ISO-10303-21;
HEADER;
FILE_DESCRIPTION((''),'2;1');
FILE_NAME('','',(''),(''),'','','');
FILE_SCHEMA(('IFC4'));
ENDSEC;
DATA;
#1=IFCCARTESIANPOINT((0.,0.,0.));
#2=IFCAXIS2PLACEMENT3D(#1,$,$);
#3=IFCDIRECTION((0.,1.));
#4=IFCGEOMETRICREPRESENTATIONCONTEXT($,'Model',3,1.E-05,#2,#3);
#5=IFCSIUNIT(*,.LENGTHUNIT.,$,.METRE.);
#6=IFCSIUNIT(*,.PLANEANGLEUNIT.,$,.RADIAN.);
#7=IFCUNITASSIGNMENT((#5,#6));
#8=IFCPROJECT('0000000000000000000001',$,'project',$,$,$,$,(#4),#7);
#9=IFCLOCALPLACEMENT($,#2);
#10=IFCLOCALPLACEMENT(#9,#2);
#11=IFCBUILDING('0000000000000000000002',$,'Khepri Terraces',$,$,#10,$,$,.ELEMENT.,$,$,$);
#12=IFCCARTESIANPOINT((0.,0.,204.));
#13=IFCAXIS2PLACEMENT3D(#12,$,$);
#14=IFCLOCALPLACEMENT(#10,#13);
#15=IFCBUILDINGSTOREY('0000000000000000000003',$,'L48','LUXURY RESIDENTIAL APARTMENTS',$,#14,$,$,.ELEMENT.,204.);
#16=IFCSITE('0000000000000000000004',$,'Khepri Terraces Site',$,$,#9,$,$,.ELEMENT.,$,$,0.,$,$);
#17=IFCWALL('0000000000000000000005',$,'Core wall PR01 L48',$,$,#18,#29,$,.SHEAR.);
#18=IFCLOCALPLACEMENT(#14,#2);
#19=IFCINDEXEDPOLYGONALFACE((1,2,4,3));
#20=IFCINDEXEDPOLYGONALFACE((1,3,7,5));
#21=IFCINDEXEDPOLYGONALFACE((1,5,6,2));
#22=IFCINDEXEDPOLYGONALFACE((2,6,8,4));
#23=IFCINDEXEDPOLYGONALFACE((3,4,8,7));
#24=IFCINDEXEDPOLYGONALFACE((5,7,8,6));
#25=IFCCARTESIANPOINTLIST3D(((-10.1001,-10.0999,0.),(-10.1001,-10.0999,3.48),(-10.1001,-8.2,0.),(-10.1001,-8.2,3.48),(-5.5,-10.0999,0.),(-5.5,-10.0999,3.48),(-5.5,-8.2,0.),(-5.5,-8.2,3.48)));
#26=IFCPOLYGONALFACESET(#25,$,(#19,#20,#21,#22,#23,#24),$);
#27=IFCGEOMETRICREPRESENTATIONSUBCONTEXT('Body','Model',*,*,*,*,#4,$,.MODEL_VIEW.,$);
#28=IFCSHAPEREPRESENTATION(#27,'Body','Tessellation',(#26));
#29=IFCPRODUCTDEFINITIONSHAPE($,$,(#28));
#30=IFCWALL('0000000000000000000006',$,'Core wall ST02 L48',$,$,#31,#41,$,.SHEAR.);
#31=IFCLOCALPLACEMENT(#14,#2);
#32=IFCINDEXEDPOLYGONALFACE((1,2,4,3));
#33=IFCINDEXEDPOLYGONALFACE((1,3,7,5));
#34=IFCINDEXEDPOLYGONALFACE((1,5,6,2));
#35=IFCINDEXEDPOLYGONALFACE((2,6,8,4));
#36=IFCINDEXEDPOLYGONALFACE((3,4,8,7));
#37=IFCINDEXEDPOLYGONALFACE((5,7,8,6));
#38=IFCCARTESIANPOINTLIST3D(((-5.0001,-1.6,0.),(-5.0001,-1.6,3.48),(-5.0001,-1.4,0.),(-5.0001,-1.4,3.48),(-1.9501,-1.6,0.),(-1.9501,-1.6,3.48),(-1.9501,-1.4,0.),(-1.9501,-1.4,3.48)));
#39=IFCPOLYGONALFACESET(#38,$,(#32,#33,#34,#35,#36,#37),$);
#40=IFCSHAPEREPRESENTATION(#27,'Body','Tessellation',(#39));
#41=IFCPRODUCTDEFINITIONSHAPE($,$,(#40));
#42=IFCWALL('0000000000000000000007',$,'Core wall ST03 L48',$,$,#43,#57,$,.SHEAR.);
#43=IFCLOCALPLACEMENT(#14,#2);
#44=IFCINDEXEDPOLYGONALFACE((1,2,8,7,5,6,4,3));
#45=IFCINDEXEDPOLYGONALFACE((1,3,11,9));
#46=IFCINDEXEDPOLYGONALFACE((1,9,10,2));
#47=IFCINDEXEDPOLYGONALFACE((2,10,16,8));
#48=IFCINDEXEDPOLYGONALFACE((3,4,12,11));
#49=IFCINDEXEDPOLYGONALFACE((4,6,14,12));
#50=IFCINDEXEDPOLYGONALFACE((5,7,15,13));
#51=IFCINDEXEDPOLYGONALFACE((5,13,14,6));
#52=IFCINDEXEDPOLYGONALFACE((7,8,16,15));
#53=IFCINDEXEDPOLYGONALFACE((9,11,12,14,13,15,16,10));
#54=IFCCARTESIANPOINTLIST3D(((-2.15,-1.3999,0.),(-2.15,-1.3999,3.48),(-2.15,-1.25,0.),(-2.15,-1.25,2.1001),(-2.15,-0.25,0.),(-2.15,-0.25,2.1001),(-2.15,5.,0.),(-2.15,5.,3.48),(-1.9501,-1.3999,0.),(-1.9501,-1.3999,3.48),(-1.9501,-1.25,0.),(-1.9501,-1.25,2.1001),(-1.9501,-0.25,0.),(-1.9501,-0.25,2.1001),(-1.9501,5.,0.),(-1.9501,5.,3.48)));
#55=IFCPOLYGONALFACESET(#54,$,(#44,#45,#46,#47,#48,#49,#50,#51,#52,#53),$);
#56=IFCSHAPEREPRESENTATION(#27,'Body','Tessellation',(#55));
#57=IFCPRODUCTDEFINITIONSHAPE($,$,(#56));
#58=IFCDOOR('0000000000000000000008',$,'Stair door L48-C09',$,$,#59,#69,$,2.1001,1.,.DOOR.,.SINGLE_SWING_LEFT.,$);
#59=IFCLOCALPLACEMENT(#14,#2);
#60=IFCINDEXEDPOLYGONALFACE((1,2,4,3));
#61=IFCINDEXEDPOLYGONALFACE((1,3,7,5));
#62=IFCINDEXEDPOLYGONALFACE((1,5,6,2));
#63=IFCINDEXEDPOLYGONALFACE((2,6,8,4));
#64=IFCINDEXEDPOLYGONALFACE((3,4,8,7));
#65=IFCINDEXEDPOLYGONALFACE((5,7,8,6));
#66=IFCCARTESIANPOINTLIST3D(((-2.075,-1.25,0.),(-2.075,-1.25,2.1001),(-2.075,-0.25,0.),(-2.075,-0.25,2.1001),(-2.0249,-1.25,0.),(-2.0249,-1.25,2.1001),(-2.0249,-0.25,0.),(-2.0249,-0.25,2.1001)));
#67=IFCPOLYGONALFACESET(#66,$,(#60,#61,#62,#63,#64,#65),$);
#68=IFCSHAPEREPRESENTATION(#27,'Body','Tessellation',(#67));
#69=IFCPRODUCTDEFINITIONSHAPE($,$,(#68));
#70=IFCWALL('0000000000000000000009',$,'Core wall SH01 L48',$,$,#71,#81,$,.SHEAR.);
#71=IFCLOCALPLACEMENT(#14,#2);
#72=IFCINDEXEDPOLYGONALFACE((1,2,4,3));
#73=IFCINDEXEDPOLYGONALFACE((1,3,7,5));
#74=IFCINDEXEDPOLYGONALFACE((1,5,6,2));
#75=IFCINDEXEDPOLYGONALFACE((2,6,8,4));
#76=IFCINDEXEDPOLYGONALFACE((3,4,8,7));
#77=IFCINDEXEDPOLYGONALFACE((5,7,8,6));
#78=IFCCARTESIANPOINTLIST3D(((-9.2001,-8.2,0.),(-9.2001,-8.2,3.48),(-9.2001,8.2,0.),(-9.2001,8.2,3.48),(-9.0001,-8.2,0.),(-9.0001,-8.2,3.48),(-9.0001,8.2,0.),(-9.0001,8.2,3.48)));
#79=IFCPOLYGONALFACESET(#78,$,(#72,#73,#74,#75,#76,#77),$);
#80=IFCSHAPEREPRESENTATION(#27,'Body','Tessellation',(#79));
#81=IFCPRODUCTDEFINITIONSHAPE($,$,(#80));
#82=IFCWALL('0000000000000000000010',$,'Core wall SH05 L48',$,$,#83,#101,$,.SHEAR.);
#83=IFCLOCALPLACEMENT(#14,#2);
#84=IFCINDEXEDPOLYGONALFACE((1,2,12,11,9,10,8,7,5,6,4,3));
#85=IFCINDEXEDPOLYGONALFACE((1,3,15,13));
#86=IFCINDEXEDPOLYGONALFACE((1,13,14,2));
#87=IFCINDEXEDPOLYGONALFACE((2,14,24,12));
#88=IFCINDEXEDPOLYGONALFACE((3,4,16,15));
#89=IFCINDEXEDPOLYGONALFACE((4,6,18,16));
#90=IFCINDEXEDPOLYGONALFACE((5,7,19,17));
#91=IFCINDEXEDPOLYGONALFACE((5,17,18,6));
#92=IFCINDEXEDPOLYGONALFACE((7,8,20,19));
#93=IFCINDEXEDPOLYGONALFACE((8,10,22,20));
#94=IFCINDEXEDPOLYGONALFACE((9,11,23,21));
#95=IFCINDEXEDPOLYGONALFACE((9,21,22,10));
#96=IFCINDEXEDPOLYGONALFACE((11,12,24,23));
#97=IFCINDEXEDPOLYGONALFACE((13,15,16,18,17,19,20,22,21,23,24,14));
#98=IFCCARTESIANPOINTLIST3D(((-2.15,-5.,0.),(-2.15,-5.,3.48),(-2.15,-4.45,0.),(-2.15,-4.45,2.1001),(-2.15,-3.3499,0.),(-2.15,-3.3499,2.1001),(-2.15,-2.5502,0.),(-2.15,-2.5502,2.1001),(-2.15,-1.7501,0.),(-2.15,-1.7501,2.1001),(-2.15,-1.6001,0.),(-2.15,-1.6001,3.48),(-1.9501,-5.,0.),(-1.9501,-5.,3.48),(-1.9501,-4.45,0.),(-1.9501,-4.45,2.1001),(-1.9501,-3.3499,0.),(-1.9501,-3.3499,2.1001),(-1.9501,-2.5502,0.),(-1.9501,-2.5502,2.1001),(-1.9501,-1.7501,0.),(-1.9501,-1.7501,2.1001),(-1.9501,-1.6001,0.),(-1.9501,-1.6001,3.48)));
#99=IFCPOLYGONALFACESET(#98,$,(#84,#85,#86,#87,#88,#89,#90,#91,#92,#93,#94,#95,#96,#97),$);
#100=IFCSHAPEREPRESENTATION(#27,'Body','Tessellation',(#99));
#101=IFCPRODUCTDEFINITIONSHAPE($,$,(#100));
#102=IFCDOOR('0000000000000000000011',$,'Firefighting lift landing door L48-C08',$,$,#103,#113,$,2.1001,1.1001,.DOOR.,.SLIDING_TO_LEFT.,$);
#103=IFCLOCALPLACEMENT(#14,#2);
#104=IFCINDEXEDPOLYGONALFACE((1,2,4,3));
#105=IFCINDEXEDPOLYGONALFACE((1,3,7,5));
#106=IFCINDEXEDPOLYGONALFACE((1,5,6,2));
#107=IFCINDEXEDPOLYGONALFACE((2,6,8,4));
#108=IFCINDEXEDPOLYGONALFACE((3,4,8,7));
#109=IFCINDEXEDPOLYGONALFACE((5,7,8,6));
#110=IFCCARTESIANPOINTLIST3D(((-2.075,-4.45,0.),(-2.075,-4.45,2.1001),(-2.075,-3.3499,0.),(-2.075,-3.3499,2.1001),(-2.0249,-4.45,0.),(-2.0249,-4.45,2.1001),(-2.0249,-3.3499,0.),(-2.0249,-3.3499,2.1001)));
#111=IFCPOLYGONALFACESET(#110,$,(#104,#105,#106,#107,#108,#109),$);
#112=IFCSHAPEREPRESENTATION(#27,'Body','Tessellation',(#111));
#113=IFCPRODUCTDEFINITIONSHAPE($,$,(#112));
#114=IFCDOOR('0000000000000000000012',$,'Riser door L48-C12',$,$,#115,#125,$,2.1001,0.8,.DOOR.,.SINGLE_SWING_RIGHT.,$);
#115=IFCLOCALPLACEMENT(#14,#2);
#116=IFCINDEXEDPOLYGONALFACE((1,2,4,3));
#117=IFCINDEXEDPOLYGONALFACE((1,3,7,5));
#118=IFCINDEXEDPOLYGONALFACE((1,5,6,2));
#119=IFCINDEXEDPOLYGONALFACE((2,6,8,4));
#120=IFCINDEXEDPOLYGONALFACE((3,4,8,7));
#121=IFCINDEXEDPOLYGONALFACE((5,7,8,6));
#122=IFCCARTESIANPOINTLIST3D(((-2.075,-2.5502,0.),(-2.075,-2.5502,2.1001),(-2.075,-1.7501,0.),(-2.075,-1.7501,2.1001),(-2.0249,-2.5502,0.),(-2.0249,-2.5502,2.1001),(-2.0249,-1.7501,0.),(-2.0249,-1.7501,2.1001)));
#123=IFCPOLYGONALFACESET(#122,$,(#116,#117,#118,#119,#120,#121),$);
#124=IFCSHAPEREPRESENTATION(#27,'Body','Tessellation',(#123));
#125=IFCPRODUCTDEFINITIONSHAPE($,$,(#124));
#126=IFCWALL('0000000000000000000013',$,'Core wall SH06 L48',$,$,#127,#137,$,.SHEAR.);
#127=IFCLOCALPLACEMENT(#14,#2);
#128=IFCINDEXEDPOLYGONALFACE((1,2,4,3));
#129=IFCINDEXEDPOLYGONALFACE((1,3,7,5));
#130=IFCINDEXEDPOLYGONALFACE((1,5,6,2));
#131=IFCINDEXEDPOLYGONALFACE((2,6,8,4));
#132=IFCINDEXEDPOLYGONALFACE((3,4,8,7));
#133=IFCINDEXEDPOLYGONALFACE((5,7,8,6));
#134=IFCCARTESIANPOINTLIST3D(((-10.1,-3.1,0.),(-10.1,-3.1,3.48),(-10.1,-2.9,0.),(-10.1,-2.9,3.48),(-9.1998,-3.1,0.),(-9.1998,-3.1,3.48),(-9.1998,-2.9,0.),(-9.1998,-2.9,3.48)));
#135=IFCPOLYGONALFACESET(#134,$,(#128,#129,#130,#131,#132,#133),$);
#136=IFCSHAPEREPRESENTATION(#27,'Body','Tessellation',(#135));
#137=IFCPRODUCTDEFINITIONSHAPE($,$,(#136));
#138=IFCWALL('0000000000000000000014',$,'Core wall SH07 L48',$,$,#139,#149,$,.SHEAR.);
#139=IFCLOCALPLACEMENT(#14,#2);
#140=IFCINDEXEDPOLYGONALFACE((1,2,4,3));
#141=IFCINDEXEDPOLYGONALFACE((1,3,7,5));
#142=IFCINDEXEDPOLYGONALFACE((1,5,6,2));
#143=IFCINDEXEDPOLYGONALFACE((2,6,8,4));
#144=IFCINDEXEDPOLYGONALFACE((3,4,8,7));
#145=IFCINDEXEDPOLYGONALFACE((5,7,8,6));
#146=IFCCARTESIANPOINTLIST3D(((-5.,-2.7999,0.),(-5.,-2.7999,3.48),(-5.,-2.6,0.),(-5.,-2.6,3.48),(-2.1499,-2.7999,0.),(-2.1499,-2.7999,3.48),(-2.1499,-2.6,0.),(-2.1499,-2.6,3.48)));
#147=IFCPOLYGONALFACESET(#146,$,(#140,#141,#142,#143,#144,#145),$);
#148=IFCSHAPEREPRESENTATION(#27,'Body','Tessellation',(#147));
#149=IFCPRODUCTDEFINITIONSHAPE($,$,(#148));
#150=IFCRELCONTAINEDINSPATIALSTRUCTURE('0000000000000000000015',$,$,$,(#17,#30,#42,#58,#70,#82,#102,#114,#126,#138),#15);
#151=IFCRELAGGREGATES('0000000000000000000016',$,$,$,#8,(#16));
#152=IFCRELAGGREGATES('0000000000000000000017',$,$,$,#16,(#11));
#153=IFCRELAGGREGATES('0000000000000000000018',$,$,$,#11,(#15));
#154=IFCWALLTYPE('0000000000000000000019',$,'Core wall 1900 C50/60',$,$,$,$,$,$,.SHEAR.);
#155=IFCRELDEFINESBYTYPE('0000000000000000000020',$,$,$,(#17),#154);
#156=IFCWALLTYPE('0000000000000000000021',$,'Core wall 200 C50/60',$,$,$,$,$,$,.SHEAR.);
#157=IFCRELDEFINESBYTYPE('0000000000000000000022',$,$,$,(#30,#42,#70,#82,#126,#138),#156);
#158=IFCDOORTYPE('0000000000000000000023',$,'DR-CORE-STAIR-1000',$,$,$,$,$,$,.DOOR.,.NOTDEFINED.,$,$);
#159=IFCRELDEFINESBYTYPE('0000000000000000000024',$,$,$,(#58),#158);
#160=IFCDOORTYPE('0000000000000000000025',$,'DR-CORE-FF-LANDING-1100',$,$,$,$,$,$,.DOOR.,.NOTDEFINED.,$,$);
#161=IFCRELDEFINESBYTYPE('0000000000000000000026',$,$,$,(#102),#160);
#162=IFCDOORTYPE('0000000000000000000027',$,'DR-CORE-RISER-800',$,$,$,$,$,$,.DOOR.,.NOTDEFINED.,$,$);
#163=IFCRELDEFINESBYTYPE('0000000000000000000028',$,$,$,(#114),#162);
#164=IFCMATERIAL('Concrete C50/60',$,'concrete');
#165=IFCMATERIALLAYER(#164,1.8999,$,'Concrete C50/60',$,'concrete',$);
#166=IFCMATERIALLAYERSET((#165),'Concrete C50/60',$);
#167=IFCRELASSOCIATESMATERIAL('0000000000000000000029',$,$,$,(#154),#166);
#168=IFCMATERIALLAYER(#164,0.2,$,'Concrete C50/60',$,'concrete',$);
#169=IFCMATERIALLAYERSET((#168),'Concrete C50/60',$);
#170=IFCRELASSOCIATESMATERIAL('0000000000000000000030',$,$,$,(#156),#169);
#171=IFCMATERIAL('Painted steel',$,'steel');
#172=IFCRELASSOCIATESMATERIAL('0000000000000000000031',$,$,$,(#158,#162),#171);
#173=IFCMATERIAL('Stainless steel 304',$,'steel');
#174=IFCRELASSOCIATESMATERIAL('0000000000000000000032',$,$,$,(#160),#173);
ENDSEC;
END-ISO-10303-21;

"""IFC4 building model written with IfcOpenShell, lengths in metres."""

from ifc_helpers import new_model, si_unit, direction, frame, frame_2d, origin, place, context, subcontext, project, spatial, rectangle, extrude, material, layer, layer_set, type_object, element, fill, save


model = new_model("IFC4")

# Units and contexts
model_context = context("Model", 3, precision=1e-05, world=origin(), true_north=direction((0.0, 1.0)))
body_context = subcontext(model_context, "Body", "Model", "MODEL_VIEW")
ifc_project = project(units=[si_unit("LENGTHUNIT", "METRE"), si_unit("PLANEANGLEUNIT", "RADIAN")], contexts=[model_context])

# Site, building, storey
site_placement = place(None, origin())
site = spatial("IfcSite", under=ifc_project, at=site_placement, Name="Khepri Terraces Site", CompositionType="ELEMENT", RefElevation=0.0)
building_placement = place(site_placement, origin())
building = spatial("IfcBuilding", under=site, at=building_placement, Name="Khepri Terraces", CompositionType="ELEMENT")
storey_placement = place(building_placement, frame((0.0, 0.0, 204.0)))
storey = spatial("IfcBuildingStorey", under=building, at=storey_placement, Name="L48", Description="LUXURY RESIDENTIAL APARTMENTS", CompositionType="ELEMENT", Elevation=204.0)

# Walls
ifc_material_1 = material(Name="Concrete C50/60", Category="concrete")
ifc_layer_1 = layer(ifc_material_1, 1.8999, Name="Concrete C50/60", Category="concrete")
ifc_layer_set_1 = layer_set([ifc_layer_1], Name="Concrete C50/60")
wall_type_1 = type_object("IfcWallType", Name="Core wall 1900 C50/60", PredefinedType="SHEAR", material=ifc_layer_set_1)
wall_1_placement = place(storey_placement, frame((-10.1001, -9.1499, 0.0), z_axis=(0.0, 0.0, 1.0), x_axis=(1.0, 0.0, 0.0)))
element("IfcWall", 1, at=wall_1_placement, inside=storey, type_object=wall_type_1, Name="Core wall PR01 L48", PredefinedType="SHEAR", context=body_context, shape_type="SweptSolid", body=[
    extrude(rectangle(XDim=4.6001, YDim=1.8999, at=frame_2d((2.3, 0.0))), origin(), (0.0, 0.0, 1.0), 3.48),
])
ifc_layer_2 = layer(ifc_material_1, 0.2, Name="Concrete C50/60", Category="concrete")
ifc_layer_set_2 = layer_set([ifc_layer_2], Name="Concrete C50/60")
wall_type_2 = type_object("IfcWallType", Name="Core wall 200 C50/60", PredefinedType="SHEAR", material=ifc_layer_set_2)
wall_2_placement = place(storey_placement, frame((-5.0, -1.5, 0.0), z_axis=(0.0, 0.0, 1.0), x_axis=(1.0, 0.0, 0.0)))
element("IfcWall", 2, at=wall_2_placement, inside=storey, type_object=wall_type_2, Name="Core wall ST02 L48", PredefinedType="SHEAR", context=body_context, shape_type="SweptSolid", body=[
    extrude(rectangle(XDim=3.05, YDim=0.2, at=frame_2d((1.5249, 0.0))), origin(), (0.0, 0.0, 1.0), 3.48),
])

# Wall, opening, door
wall_3_placement = place(storey_placement, frame((-2.05, -1.3999, 0.0), z_axis=(0.0, 0.0, 1.0), x_axis=(0.0, 1.0, 0.0)))
wall_3 = element("IfcWall", 3, at=wall_3_placement, inside=storey, type_object=wall_type_2, Name="Core wall ST03 L48", PredefinedType="SHEAR", context=body_context, shape_type="SweptSolid", body=[
    extrude(rectangle(XDim=6.3999, YDim=0.2, at=frame_2d((3.2, 0.0))), origin(), (0.0, 0.0, 1.0), 3.48),
])
opening_1_placement = place(wall_3_placement, frame((0.1499, 0.0, 0.0)))
opening_1 = element("IfcOpeningElement", 4, at=opening_1_placement, cuts=wall_3, PredefinedType="OPENING", context=body_context, shape_type="SweptSolid", body=[
    extrude(rectangle(XDim=1.0, YDim=2.1001, at=frame_2d((0.5, 1.05))), frame((0.0, 0.1099, 0.0), z_axis=(0.0, -1.0, 0.0), x_axis=(1.0, 0.0, 0.0)), (0.0, 0.0, 1.0), 0.22),
])
ifc_material_2 = material(Name="Painted steel", Category="steel")
door_type_1 = type_object("IfcDoorType", Name="DR-CORE-STAIR-1000", OperationType="NOTDEFINED", PredefinedType="DOOR", material=ifc_material_2)
door_1_placement = place(opening_1_placement, origin())
door_1 = element("IfcDoor", 5, at=door_1_placement, inside=storey, type_object=door_type_1, Name="Stair door L48-C09", OperationType="SINGLE_SWING_LEFT", OverallHeight=2.1001, OverallWidth=1.0, PredefinedType="DOOR", context=body_context, shape_type="SweptSolid", body=[
    extrude(rectangle(XDim=1.0, YDim=2.1001, at=frame_2d((0.5, 1.05))), frame((0.0, 0.0249, 0.0), z_axis=(0.0, -1.0, 0.0), x_axis=(1.0, 0.0, 0.0)), (0.0, 0.0, 1.0), 0.05),
])
fill(opening_1, door_1)

# Wall
wall_4_placement = place(storey_placement, frame((-9.1001, -8.2, 0.0), z_axis=(0.0, 0.0, 1.0), x_axis=(0.0, 1.0, 0.0)))
element("IfcWall", 6, at=wall_4_placement, inside=storey, type_object=wall_type_2, Name="Core wall SH01 L48", PredefinedType="SHEAR", context=body_context, shape_type="SweptSolid", body=[
    extrude(rectangle(XDim=16.3999, YDim=0.2, at=frame_2d((8.2, 0.0))), origin(), (0.0, 0.0, 1.0), 3.48),
])

# Wall, openings, doors
wall_5_placement = place(storey_placement, frame((-2.05, -5.0, 0.0), z_axis=(0.0, 0.0, 1.0), x_axis=(0.0, 1.0, 0.0)))
wall_5 = element("IfcWall", 7, at=wall_5_placement, inside=storey, type_object=wall_type_2, Name="Core wall SH05 L48", PredefinedType="SHEAR", context=body_context, shape_type="SweptSolid", body=[
    extrude(rectangle(XDim=3.3999, YDim=0.2, at=frame_2d((1.7, 0.0))), origin(), (0.0, 0.0, 1.0), 3.48),
])
opening_2_placement = place(wall_5_placement, frame((0.55, 0.0, 0.0)))
opening_2 = element("IfcOpeningElement", 8, at=opening_2_placement, cuts=wall_5, PredefinedType="OPENING", context=body_context, shape_type="SweptSolid", body=[
    extrude(rectangle(XDim=1.1001, YDim=2.1001, at=frame_2d((0.55, 1.05))), frame((0.0, 0.1099, 0.0), z_axis=(0.0, -1.0, 0.0), x_axis=(1.0, 0.0, 0.0)), (0.0, 0.0, 1.0), 0.22),
])
opening_3_placement = place(wall_5_placement, frame((2.45, 0.0, 0.0)))
opening_3 = element("IfcOpeningElement", 9, at=opening_3_placement, cuts=wall_5, PredefinedType="OPENING", context=body_context, shape_type="SweptSolid", body=[
    extrude(rectangle(XDim=0.8, YDim=2.1001, at=frame_2d((0.3999, 1.05))), frame((0.0, 0.1099, 0.0), z_axis=(0.0, -1.0, 0.0), x_axis=(1.0, 0.0, 0.0)), (0.0, 0.0, 1.0), 0.22),
])
ifc_material_3 = material(Name="Stainless steel 304", Category="steel")
door_type_2 = type_object("IfcDoorType", Name="DR-CORE-FF-LANDING-1100", OperationType="NOTDEFINED", PredefinedType="DOOR", material=ifc_material_3)
door_2_placement = place(opening_2_placement, origin())
door_2 = element("IfcDoor", 10, at=door_2_placement, inside=storey, type_object=door_type_2, Name="Firefighting lift landing door L48-C08", OperationType="SLIDING_TO_LEFT", OverallHeight=2.1001, OverallWidth=1.1001, PredefinedType="DOOR", context=body_context, shape_type="SweptSolid", body=[
    extrude(rectangle(XDim=1.1001, YDim=2.1001, at=frame_2d((0.55, 1.05))), frame((0.0, 0.0249, 0.0), z_axis=(0.0, -1.0, 0.0), x_axis=(1.0, 0.0, 0.0)), (0.0, 0.0, 1.0), 0.05),
])
fill(opening_2, door_2)
door_type_3 = type_object("IfcDoorType", Name="DR-CORE-RISER-800", OperationType="NOTDEFINED", PredefinedType="DOOR", material=ifc_material_2)
door_3_placement = place(opening_3_placement, origin())
door_3 = element("IfcDoor", 11, at=door_3_placement, inside=storey, type_object=door_type_3, Name="Riser door L48-C12", OperationType="SINGLE_SWING_RIGHT", OverallHeight=2.1001, OverallWidth=0.8, PredefinedType="DOOR", context=body_context, shape_type="SweptSolid", body=[
    extrude(rectangle(XDim=0.8, YDim=2.1001, at=frame_2d((0.3999, 1.05))), frame((0.0, 0.0249, 0.0), z_axis=(0.0, -1.0, 0.0), x_axis=(1.0, 0.0, 0.0)), (0.0, 0.0, 1.0), 0.05),
])
fill(opening_3, door_3)

# Walls
wall_6_placement = place(storey_placement, frame((-10.1001, -3.0, 0.0), z_axis=(0.0, 0.0, 1.0), x_axis=(1.0, 0.0, 0.0)))
element("IfcWall", 12, at=wall_6_placement, inside=storey, type_object=wall_type_2, Name="Core wall SH06 L48", PredefinedType="SHEAR", context=body_context, shape_type="SweptSolid", body=[
    extrude(rectangle(XDim=0.9001, YDim=0.2, at=frame_2d((0.4502, 0.0))), origin(), (0.0, 0.0, 1.0), 3.48),
])
wall_7_placement = place(storey_placement, frame((-5.0, -2.7, 0.0), z_axis=(0.0, 0.0, 1.0), x_axis=(1.0, 0.0, 0.0)))
element("IfcWall", 13, at=wall_7_placement, inside=storey, type_object=wall_type_2, Name="Core wall SH07 L48", PredefinedType="SHEAR", context=body_context, shape_type="SweptSolid", body=[
    extrude(rectangle(XDim=2.8501, YDim=0.2, at=frame_2d((1.425, 0.0))), origin(), (0.0, 0.0, 1.0), 3.48),
])

save(model, "model.ifc")
